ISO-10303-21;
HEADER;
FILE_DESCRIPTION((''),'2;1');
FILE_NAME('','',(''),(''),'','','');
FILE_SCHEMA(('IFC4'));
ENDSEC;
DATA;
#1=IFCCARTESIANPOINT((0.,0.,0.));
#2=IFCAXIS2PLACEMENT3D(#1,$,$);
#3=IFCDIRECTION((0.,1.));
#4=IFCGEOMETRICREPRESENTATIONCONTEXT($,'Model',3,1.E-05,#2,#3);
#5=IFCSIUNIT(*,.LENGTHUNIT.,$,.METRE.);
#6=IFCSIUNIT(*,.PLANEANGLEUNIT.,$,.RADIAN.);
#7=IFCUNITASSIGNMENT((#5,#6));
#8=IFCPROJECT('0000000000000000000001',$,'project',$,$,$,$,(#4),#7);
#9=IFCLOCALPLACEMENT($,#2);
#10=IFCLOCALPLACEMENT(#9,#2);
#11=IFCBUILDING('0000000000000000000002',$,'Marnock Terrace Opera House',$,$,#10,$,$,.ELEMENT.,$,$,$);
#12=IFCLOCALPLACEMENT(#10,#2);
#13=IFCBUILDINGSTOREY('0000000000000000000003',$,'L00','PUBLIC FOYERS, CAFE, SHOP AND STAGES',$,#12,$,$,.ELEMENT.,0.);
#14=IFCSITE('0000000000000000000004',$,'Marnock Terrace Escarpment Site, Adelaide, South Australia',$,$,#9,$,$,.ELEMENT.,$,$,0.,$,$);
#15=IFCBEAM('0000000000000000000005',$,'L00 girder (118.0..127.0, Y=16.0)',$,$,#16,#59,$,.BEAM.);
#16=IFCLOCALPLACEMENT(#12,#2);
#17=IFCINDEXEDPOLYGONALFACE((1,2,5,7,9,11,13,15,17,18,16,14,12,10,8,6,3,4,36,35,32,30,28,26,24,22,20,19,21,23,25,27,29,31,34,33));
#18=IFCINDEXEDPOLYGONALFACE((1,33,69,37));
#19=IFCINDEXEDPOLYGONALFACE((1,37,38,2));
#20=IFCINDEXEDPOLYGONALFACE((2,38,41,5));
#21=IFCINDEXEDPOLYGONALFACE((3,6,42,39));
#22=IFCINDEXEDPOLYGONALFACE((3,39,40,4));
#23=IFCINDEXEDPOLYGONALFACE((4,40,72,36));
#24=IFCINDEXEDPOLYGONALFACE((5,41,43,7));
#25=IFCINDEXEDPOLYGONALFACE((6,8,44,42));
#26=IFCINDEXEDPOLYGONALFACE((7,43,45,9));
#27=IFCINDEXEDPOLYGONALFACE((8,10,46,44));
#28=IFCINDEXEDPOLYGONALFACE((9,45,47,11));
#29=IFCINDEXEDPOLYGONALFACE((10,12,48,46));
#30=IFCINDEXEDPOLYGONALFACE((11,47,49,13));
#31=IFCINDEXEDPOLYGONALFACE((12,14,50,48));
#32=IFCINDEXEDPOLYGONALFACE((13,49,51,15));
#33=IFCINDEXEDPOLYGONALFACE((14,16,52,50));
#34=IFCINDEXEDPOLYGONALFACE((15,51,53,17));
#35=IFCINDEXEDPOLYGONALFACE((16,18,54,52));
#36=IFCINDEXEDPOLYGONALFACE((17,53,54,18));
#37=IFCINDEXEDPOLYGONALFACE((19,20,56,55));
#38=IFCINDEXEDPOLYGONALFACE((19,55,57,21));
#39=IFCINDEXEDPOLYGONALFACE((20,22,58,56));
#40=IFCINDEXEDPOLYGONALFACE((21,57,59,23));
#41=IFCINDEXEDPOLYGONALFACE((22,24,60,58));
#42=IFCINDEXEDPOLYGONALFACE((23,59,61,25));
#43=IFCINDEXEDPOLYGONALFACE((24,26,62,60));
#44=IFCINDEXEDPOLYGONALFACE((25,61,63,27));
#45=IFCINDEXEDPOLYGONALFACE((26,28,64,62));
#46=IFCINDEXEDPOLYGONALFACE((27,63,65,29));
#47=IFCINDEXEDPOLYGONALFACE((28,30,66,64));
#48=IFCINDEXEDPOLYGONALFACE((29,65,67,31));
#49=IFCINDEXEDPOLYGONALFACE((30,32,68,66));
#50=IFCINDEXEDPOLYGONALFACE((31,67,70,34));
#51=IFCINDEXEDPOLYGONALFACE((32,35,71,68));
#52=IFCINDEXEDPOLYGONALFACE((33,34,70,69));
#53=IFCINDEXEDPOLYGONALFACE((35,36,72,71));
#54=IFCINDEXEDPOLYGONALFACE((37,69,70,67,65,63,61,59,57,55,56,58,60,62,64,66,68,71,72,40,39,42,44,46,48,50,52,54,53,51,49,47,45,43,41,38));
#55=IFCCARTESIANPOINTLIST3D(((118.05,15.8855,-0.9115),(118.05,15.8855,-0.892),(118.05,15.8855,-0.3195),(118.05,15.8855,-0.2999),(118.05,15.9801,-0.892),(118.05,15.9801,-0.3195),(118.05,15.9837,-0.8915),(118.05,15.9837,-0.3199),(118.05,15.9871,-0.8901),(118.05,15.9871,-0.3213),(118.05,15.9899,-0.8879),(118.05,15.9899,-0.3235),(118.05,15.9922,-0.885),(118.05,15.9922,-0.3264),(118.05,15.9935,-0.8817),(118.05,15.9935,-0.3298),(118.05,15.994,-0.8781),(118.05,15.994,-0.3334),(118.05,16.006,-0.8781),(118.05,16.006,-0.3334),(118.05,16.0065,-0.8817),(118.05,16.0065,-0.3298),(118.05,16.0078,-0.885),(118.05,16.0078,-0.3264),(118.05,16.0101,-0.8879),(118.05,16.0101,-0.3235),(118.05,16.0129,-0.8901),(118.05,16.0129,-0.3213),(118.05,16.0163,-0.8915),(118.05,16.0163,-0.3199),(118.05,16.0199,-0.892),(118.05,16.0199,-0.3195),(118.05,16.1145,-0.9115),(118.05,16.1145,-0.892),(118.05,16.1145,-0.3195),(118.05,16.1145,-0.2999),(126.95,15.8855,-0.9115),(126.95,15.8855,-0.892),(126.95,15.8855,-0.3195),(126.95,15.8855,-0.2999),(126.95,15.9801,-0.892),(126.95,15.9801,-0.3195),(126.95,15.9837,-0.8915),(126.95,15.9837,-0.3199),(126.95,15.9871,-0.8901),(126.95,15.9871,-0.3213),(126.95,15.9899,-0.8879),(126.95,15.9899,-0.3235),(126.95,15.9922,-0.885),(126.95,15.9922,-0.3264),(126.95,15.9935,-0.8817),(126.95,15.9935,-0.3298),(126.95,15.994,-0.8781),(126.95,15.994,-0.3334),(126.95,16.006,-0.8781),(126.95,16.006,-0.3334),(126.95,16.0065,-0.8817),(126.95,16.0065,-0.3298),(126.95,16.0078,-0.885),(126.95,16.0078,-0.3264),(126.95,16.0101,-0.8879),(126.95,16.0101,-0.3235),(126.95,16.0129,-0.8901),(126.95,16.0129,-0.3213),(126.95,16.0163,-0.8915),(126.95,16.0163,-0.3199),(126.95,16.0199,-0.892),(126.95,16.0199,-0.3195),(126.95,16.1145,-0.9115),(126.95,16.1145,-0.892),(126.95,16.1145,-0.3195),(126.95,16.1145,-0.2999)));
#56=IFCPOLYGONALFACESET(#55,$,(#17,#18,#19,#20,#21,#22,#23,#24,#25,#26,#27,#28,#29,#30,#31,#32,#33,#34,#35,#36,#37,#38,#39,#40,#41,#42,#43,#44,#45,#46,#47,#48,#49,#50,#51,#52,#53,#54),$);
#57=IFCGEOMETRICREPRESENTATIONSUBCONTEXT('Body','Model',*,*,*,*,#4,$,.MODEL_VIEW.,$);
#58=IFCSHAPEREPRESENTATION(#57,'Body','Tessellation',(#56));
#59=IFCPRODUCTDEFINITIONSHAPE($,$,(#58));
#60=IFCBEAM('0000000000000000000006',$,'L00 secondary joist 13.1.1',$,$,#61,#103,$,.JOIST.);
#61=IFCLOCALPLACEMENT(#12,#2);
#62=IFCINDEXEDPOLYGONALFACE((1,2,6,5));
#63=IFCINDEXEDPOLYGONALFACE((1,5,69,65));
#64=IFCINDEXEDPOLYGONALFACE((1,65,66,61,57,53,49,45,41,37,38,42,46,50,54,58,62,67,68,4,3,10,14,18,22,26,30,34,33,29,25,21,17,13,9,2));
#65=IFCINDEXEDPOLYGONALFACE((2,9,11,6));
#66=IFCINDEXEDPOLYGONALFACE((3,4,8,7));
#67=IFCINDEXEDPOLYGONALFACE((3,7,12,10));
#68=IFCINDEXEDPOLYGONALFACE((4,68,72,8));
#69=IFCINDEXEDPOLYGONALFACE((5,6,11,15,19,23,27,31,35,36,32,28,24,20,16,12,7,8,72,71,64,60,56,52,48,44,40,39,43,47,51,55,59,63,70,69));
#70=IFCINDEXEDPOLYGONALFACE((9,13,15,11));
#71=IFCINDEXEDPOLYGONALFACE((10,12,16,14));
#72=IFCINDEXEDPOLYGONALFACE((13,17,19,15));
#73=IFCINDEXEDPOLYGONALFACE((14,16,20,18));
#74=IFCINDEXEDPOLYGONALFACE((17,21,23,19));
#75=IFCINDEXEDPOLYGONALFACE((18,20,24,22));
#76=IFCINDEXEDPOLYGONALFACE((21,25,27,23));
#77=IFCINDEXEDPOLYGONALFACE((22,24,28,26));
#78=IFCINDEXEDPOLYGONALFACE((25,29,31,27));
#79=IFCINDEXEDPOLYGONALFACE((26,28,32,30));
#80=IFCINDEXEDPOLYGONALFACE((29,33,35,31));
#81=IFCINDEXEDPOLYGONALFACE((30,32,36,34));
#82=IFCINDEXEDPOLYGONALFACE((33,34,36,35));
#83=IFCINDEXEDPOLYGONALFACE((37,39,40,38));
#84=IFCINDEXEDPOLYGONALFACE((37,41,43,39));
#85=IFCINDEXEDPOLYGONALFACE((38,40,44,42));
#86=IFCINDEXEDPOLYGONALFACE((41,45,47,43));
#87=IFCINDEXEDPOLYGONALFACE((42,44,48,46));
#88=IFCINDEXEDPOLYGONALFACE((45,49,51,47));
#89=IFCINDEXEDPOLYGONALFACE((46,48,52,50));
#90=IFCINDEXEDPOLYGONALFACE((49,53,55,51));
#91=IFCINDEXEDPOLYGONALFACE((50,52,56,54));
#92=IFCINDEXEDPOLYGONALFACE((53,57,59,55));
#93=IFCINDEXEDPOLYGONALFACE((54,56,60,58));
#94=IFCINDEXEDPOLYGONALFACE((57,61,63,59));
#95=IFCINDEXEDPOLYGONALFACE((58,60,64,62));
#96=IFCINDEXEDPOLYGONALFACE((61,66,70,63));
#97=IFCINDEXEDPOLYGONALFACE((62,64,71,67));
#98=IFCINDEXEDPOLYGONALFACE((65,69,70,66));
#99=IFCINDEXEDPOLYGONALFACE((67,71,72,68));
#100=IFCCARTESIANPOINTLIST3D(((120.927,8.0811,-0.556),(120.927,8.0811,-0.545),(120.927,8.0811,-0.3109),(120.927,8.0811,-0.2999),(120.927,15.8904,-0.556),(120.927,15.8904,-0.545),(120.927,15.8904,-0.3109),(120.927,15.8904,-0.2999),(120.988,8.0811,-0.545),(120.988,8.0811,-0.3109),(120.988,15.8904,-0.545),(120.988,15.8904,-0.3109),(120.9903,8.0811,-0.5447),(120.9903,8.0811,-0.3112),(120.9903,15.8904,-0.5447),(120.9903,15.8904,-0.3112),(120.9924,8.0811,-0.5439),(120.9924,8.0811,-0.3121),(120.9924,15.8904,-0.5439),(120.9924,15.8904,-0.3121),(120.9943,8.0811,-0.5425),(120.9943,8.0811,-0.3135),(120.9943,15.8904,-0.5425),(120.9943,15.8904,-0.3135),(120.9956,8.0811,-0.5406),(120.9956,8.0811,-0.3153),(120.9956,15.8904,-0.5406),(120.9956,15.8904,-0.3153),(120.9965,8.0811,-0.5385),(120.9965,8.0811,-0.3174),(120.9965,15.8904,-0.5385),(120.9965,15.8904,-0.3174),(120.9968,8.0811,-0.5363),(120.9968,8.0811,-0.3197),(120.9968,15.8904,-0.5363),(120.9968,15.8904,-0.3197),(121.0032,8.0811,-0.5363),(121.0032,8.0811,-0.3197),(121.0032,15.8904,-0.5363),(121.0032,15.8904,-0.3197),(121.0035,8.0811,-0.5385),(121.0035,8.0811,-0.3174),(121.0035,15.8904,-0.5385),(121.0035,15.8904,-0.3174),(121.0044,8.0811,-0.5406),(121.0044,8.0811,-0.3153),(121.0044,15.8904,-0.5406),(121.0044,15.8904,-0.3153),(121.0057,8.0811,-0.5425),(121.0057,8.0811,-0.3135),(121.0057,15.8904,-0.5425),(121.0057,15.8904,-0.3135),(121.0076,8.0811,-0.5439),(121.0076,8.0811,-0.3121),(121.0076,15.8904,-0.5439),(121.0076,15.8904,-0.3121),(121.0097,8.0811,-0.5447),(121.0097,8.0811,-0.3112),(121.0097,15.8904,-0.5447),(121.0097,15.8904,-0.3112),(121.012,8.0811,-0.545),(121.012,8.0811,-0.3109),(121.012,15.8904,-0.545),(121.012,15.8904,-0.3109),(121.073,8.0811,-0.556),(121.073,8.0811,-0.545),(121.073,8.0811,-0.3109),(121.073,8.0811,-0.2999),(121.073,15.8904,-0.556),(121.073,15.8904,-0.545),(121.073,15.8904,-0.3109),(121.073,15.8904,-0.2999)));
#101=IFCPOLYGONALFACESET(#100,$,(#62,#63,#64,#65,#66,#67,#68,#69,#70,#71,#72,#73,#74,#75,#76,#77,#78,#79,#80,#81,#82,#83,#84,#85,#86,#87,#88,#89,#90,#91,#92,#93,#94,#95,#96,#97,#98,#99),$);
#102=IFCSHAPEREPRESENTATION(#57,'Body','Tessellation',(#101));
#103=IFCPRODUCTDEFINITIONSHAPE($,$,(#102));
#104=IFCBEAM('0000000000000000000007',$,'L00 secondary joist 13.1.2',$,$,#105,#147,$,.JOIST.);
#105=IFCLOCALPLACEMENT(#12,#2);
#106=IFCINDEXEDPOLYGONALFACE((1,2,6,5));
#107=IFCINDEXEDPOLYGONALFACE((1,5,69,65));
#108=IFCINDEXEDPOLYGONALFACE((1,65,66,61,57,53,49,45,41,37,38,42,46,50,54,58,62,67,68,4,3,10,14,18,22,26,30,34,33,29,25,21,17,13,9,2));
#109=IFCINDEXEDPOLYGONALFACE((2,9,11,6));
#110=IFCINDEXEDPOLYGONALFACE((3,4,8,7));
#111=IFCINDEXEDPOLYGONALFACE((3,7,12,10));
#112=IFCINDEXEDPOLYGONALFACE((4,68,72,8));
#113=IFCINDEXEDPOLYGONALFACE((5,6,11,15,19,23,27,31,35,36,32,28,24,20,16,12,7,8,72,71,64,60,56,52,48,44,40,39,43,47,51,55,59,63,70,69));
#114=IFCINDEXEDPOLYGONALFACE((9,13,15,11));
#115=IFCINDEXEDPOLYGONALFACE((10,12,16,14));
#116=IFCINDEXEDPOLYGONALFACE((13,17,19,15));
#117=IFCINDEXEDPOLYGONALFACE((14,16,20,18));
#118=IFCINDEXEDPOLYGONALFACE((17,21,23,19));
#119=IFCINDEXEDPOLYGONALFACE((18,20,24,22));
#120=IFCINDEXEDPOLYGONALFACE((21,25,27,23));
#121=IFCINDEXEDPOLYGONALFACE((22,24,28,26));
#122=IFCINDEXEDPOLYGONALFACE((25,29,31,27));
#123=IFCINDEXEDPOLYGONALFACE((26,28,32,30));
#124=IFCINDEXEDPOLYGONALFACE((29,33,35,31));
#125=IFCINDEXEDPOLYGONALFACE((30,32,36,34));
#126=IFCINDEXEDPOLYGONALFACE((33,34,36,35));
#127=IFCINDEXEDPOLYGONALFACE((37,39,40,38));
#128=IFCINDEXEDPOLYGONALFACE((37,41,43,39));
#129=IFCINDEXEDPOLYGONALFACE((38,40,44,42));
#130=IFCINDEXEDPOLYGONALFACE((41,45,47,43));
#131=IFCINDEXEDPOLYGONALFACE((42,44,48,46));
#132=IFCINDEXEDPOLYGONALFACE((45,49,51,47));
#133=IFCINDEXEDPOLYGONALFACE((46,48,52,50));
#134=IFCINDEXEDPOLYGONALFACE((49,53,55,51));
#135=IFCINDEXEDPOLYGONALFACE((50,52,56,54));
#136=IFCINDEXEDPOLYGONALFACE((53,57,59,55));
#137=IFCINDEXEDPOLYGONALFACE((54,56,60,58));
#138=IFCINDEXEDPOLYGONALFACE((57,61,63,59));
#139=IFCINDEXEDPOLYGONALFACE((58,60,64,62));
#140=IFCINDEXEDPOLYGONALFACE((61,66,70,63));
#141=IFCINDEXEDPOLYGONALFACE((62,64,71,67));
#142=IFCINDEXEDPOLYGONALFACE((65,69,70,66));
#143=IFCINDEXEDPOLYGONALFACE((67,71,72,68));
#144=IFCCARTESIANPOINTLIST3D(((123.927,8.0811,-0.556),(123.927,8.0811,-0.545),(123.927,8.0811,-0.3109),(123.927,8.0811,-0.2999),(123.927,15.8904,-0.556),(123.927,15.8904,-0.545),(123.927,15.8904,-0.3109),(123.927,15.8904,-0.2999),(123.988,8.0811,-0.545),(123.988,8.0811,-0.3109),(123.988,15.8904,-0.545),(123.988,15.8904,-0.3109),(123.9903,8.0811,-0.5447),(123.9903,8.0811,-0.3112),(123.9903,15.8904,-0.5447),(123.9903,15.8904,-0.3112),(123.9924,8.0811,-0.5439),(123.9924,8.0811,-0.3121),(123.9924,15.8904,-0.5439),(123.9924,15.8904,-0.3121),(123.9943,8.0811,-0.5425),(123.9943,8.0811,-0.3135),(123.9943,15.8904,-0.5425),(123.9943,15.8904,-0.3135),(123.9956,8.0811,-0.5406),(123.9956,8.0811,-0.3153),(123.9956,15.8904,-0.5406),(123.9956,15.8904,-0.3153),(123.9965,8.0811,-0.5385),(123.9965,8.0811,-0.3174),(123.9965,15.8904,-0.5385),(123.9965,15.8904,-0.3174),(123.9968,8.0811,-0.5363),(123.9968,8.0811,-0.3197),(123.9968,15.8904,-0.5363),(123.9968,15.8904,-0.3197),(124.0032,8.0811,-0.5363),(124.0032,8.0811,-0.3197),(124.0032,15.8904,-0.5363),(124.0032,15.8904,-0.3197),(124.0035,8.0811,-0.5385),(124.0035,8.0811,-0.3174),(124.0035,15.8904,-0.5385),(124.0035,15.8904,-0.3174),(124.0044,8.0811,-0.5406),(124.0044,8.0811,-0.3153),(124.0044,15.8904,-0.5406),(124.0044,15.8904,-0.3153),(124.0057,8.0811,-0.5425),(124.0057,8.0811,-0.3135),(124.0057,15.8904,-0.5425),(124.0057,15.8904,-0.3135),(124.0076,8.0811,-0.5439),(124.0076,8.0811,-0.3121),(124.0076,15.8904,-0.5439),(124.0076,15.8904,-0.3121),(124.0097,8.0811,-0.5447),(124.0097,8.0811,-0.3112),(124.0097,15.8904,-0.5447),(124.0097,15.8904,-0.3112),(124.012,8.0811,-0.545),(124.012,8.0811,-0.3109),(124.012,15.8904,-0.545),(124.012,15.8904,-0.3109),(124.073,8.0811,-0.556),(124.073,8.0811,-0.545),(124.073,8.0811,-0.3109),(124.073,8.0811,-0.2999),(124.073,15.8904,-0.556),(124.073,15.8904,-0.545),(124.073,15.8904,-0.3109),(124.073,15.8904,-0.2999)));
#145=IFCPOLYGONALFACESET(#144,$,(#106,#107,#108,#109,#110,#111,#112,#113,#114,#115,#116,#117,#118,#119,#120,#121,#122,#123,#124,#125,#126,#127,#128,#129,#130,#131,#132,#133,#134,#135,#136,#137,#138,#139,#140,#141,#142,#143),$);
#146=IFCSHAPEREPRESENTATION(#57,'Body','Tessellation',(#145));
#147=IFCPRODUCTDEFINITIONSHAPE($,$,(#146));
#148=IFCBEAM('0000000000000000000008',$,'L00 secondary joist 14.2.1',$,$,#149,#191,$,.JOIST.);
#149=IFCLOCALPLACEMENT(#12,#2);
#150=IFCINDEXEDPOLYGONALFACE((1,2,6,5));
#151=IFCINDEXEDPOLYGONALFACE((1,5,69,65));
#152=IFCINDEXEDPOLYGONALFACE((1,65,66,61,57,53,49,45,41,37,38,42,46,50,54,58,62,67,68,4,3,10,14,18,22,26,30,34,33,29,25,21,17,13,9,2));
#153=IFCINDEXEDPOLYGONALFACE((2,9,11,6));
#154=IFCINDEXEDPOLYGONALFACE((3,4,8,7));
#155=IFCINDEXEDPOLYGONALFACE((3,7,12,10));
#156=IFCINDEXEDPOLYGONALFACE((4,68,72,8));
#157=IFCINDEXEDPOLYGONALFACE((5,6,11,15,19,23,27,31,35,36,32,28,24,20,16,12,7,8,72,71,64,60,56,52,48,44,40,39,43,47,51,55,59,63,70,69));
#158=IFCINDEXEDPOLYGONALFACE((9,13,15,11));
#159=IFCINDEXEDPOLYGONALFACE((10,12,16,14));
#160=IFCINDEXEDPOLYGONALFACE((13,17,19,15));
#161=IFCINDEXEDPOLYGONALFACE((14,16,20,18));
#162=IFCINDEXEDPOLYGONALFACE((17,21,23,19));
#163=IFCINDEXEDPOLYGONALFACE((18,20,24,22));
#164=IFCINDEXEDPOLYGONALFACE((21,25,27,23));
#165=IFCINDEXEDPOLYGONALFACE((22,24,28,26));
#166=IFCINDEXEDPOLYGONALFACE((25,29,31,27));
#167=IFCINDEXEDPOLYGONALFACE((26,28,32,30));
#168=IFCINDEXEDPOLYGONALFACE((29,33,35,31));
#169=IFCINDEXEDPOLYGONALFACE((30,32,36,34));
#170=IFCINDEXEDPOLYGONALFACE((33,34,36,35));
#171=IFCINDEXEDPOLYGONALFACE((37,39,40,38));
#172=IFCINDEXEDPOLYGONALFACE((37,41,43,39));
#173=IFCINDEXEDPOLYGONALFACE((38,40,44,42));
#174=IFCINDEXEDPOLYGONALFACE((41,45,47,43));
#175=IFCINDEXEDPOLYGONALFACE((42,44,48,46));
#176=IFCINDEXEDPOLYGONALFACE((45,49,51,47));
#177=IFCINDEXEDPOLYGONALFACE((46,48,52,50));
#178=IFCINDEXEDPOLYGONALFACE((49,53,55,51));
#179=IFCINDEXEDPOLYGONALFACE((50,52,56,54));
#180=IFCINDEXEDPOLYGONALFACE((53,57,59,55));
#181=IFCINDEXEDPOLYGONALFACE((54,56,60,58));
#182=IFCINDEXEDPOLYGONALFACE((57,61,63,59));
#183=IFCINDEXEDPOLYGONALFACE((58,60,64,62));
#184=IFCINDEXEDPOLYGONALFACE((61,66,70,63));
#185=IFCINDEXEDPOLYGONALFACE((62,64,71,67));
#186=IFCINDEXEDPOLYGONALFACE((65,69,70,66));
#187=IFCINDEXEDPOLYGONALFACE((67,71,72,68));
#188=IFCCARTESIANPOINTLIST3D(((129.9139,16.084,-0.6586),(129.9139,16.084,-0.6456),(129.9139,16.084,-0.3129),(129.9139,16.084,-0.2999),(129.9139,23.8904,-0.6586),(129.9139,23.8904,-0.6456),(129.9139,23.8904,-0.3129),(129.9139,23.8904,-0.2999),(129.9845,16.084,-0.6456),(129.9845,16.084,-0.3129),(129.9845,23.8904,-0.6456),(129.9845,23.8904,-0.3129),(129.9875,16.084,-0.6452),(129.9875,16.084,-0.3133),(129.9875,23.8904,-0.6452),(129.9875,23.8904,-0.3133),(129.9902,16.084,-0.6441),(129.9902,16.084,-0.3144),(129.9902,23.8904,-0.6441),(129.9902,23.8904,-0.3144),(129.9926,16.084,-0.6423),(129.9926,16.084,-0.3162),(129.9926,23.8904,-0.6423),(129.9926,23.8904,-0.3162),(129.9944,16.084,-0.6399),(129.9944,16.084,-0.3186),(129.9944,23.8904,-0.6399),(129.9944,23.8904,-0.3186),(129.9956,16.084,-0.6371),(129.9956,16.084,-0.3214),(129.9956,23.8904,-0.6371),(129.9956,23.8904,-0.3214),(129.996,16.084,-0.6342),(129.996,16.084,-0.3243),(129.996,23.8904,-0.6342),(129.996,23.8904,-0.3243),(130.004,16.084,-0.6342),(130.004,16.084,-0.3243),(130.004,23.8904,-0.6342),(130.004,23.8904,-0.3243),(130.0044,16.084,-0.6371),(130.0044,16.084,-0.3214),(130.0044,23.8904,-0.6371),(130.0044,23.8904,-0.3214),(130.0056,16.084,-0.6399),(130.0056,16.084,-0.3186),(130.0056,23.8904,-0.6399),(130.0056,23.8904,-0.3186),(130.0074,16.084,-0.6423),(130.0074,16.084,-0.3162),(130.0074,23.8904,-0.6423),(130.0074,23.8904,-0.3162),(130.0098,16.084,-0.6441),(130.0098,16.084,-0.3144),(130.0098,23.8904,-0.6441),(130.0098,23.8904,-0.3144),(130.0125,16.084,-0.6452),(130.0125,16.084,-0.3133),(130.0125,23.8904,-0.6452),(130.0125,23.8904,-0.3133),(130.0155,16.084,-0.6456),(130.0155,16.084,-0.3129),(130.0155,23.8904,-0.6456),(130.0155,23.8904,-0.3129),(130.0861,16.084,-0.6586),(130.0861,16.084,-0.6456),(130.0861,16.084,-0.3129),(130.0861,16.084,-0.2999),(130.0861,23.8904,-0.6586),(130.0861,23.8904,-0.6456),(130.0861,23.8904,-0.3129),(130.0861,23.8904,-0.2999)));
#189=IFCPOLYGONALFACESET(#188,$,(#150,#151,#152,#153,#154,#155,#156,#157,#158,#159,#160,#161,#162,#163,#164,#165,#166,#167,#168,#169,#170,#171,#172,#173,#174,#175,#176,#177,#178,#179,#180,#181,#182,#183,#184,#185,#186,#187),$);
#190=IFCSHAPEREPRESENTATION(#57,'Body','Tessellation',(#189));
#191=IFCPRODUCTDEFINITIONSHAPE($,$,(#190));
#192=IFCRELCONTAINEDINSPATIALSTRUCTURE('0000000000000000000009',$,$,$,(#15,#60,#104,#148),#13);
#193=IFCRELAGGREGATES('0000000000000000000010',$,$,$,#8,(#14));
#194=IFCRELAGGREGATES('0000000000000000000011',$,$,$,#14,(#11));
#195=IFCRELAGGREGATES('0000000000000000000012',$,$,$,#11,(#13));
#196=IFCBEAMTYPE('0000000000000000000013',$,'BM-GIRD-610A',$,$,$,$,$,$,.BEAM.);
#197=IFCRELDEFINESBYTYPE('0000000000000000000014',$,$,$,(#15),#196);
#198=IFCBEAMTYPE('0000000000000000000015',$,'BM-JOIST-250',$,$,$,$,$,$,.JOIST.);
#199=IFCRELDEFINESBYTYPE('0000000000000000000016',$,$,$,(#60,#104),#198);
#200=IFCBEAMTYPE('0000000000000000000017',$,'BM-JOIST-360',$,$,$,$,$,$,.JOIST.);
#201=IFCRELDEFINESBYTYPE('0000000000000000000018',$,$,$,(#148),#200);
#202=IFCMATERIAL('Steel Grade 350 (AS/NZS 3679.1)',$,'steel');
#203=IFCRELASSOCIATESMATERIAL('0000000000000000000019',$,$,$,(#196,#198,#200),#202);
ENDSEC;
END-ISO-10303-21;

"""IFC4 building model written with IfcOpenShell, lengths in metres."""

from ifc_helpers import new_model, si_unit, direction, frame, origin, origin_2d, place, context, subcontext, project, spatial, i_section, extrude, material, material_profile, profile_set, type_object, element, save


model = new_model("IFC4")

# Units and contexts
model_context = context("Model", 3, precision=1e-05, world=origin(), true_north=direction((0.0, 1.0)))
body_context = subcontext(model_context, "Body", "Model", "MODEL_VIEW")
ifc_project = project(units=[si_unit("LENGTHUNIT", "METRE"), si_unit("PLANEANGLEUNIT", "RADIAN")], contexts=[model_context])

# Site, building, storey
site_placement = place(None, origin())
site = spatial("IfcSite", under=ifc_project, at=site_placement, Name="Marnock Terrace Escarpment Site, Adelaide, South Australia", CompositionType="ELEMENT", RefElevation=0.0)
building_placement = place(site_placement, origin())
building = spatial("IfcBuilding", under=site, at=building_placement, Name="Marnock Terrace Opera House", CompositionType="ELEMENT")
storey_placement = place(building_placement, origin())
storey = spatial("IfcBuildingStorey", under=building, at=storey_placement, Name="L00", Description="PUBLIC FOYERS, CAFE, SHOP AND STAGES", CompositionType="ELEMENT", Elevation=0.0)

# Beams
ifc_material_1 = material(Name="Steel Grade 350 (AS/NZS 3679.1)", Category="steel")
ifc_material_profile_1 = material_profile(ifc_material_1, i_section(OverallWidth=0.229, OverallDepth=0.6116, WebThickness=0.012, FlangeThickness=0.0195, FilletRadius=0.0139, at=origin_2d()))
ifc_profile_set_1 = profile_set([ifc_material_profile_1], Name="Steel Grade 350 (AS/NZS 3679.1)")
beam_type_1 = type_object("IfcBeamType", Name="BM-GIRD-610A", PredefinedType="BEAM", material=ifc_profile_set_1)
beam_1_placement = place(storey_placement, frame((118.05, 16.0, -0.6057), z_axis=(1.0, 0.0, 0.0), x_axis=(0.0, 1.0, 0.0)))
element("IfcBeam", 1, at=beam_1_placement, inside=storey, type_object=beam_type_1, Name="L00 girder (118.0..127.0, Y=16.0)", PredefinedType="BEAM", context=body_context, shape_type="SweptSolid", body=[
    extrude(i_section(OverallWidth=0.229, OverallDepth=0.6116, WebThickness=0.012, FlangeThickness=0.0195, FilletRadius=0.0139, at=origin_2d()), origin(), (0.0, 0.0, 1.0), 8.8999),
])
ifc_material_profile_2 = material_profile(ifc_material_1, i_section(OverallWidth=0.146, OverallDepth=0.2561, WebThickness=0.0063, FlangeThickness=0.011, FilletRadius=0.0088, at=origin_2d()))
ifc_profile_set_2 = profile_set([ifc_material_profile_2], Name="Steel Grade 350 (AS/NZS 3679.1)")
beam_type_2 = type_object("IfcBeamType", Name="BM-JOIST-250", PredefinedType="JOIST", material=ifc_profile_set_2)
for number, where, z_axis, x_axis, name in (
    (2, (121.0, 8.0811, -0.428), (0.0, 1.0, 0.0), (-1.0, 0.0, 0.0), "L00 secondary joist 13.1.1"),
    (3, (124.0, 8.0811, -0.428), (0.0, 1.0, 0.0), (-1.0, 0.0, 0.0), "L00 secondary joist 13.1.2"),
):
    element("IfcBeam", number, at=place(storey_placement, frame(where, z_axis=z_axis, x_axis=x_axis)), inside=storey, type_object=beam_type_2, Name=name, PredefinedType="JOIST", context=body_context, shape_type="SweptSolid", body=[
        extrude(i_section(OverallWidth=0.146, OverallDepth=0.2561, WebThickness=0.0063, FlangeThickness=0.011, FilletRadius=0.0088, at=origin_2d()), origin(), (0.0, 0.0, 1.0), 7.8093),
    ])
ifc_material_profile_3 = material_profile(ifc_material_1, i_section(OverallWidth=0.1721, OverallDepth=0.3586, WebThickness=0.0081, FlangeThickness=0.0129, FilletRadius=0.0115, at=origin_2d()))
ifc_profile_set_3 = profile_set([ifc_material_profile_3], Name="Steel Grade 350 (AS/NZS 3679.1)")
beam_type_3 = type_object("IfcBeamType", Name="BM-JOIST-360", PredefinedType="JOIST", material=ifc_profile_set_3)
for number, where, z_axis, x_axis, name in (
    (4, (130.0, 16.084, -0.4792), (0.0, 1.0, 0.0), (-1.0, 0.0, 0.0), "L00 secondary joist 14.2.1"),
):
    element("IfcBeam", number, at=place(storey_placement, frame(where, z_axis=z_axis, x_axis=x_axis)), inside=storey, type_object=beam_type_3, Name=name, PredefinedType="JOIST", context=body_context, shape_type="SweptSolid", body=[
        extrude(i_section(OverallWidth=0.1721, OverallDepth=0.3586, WebThickness=0.0081, FlangeThickness=0.0129, FilletRadius=0.0115, at=origin_2d()), origin(), (0.0, 0.0, 1.0), 7.8064),
    ])

save(model, "model.ifc")
